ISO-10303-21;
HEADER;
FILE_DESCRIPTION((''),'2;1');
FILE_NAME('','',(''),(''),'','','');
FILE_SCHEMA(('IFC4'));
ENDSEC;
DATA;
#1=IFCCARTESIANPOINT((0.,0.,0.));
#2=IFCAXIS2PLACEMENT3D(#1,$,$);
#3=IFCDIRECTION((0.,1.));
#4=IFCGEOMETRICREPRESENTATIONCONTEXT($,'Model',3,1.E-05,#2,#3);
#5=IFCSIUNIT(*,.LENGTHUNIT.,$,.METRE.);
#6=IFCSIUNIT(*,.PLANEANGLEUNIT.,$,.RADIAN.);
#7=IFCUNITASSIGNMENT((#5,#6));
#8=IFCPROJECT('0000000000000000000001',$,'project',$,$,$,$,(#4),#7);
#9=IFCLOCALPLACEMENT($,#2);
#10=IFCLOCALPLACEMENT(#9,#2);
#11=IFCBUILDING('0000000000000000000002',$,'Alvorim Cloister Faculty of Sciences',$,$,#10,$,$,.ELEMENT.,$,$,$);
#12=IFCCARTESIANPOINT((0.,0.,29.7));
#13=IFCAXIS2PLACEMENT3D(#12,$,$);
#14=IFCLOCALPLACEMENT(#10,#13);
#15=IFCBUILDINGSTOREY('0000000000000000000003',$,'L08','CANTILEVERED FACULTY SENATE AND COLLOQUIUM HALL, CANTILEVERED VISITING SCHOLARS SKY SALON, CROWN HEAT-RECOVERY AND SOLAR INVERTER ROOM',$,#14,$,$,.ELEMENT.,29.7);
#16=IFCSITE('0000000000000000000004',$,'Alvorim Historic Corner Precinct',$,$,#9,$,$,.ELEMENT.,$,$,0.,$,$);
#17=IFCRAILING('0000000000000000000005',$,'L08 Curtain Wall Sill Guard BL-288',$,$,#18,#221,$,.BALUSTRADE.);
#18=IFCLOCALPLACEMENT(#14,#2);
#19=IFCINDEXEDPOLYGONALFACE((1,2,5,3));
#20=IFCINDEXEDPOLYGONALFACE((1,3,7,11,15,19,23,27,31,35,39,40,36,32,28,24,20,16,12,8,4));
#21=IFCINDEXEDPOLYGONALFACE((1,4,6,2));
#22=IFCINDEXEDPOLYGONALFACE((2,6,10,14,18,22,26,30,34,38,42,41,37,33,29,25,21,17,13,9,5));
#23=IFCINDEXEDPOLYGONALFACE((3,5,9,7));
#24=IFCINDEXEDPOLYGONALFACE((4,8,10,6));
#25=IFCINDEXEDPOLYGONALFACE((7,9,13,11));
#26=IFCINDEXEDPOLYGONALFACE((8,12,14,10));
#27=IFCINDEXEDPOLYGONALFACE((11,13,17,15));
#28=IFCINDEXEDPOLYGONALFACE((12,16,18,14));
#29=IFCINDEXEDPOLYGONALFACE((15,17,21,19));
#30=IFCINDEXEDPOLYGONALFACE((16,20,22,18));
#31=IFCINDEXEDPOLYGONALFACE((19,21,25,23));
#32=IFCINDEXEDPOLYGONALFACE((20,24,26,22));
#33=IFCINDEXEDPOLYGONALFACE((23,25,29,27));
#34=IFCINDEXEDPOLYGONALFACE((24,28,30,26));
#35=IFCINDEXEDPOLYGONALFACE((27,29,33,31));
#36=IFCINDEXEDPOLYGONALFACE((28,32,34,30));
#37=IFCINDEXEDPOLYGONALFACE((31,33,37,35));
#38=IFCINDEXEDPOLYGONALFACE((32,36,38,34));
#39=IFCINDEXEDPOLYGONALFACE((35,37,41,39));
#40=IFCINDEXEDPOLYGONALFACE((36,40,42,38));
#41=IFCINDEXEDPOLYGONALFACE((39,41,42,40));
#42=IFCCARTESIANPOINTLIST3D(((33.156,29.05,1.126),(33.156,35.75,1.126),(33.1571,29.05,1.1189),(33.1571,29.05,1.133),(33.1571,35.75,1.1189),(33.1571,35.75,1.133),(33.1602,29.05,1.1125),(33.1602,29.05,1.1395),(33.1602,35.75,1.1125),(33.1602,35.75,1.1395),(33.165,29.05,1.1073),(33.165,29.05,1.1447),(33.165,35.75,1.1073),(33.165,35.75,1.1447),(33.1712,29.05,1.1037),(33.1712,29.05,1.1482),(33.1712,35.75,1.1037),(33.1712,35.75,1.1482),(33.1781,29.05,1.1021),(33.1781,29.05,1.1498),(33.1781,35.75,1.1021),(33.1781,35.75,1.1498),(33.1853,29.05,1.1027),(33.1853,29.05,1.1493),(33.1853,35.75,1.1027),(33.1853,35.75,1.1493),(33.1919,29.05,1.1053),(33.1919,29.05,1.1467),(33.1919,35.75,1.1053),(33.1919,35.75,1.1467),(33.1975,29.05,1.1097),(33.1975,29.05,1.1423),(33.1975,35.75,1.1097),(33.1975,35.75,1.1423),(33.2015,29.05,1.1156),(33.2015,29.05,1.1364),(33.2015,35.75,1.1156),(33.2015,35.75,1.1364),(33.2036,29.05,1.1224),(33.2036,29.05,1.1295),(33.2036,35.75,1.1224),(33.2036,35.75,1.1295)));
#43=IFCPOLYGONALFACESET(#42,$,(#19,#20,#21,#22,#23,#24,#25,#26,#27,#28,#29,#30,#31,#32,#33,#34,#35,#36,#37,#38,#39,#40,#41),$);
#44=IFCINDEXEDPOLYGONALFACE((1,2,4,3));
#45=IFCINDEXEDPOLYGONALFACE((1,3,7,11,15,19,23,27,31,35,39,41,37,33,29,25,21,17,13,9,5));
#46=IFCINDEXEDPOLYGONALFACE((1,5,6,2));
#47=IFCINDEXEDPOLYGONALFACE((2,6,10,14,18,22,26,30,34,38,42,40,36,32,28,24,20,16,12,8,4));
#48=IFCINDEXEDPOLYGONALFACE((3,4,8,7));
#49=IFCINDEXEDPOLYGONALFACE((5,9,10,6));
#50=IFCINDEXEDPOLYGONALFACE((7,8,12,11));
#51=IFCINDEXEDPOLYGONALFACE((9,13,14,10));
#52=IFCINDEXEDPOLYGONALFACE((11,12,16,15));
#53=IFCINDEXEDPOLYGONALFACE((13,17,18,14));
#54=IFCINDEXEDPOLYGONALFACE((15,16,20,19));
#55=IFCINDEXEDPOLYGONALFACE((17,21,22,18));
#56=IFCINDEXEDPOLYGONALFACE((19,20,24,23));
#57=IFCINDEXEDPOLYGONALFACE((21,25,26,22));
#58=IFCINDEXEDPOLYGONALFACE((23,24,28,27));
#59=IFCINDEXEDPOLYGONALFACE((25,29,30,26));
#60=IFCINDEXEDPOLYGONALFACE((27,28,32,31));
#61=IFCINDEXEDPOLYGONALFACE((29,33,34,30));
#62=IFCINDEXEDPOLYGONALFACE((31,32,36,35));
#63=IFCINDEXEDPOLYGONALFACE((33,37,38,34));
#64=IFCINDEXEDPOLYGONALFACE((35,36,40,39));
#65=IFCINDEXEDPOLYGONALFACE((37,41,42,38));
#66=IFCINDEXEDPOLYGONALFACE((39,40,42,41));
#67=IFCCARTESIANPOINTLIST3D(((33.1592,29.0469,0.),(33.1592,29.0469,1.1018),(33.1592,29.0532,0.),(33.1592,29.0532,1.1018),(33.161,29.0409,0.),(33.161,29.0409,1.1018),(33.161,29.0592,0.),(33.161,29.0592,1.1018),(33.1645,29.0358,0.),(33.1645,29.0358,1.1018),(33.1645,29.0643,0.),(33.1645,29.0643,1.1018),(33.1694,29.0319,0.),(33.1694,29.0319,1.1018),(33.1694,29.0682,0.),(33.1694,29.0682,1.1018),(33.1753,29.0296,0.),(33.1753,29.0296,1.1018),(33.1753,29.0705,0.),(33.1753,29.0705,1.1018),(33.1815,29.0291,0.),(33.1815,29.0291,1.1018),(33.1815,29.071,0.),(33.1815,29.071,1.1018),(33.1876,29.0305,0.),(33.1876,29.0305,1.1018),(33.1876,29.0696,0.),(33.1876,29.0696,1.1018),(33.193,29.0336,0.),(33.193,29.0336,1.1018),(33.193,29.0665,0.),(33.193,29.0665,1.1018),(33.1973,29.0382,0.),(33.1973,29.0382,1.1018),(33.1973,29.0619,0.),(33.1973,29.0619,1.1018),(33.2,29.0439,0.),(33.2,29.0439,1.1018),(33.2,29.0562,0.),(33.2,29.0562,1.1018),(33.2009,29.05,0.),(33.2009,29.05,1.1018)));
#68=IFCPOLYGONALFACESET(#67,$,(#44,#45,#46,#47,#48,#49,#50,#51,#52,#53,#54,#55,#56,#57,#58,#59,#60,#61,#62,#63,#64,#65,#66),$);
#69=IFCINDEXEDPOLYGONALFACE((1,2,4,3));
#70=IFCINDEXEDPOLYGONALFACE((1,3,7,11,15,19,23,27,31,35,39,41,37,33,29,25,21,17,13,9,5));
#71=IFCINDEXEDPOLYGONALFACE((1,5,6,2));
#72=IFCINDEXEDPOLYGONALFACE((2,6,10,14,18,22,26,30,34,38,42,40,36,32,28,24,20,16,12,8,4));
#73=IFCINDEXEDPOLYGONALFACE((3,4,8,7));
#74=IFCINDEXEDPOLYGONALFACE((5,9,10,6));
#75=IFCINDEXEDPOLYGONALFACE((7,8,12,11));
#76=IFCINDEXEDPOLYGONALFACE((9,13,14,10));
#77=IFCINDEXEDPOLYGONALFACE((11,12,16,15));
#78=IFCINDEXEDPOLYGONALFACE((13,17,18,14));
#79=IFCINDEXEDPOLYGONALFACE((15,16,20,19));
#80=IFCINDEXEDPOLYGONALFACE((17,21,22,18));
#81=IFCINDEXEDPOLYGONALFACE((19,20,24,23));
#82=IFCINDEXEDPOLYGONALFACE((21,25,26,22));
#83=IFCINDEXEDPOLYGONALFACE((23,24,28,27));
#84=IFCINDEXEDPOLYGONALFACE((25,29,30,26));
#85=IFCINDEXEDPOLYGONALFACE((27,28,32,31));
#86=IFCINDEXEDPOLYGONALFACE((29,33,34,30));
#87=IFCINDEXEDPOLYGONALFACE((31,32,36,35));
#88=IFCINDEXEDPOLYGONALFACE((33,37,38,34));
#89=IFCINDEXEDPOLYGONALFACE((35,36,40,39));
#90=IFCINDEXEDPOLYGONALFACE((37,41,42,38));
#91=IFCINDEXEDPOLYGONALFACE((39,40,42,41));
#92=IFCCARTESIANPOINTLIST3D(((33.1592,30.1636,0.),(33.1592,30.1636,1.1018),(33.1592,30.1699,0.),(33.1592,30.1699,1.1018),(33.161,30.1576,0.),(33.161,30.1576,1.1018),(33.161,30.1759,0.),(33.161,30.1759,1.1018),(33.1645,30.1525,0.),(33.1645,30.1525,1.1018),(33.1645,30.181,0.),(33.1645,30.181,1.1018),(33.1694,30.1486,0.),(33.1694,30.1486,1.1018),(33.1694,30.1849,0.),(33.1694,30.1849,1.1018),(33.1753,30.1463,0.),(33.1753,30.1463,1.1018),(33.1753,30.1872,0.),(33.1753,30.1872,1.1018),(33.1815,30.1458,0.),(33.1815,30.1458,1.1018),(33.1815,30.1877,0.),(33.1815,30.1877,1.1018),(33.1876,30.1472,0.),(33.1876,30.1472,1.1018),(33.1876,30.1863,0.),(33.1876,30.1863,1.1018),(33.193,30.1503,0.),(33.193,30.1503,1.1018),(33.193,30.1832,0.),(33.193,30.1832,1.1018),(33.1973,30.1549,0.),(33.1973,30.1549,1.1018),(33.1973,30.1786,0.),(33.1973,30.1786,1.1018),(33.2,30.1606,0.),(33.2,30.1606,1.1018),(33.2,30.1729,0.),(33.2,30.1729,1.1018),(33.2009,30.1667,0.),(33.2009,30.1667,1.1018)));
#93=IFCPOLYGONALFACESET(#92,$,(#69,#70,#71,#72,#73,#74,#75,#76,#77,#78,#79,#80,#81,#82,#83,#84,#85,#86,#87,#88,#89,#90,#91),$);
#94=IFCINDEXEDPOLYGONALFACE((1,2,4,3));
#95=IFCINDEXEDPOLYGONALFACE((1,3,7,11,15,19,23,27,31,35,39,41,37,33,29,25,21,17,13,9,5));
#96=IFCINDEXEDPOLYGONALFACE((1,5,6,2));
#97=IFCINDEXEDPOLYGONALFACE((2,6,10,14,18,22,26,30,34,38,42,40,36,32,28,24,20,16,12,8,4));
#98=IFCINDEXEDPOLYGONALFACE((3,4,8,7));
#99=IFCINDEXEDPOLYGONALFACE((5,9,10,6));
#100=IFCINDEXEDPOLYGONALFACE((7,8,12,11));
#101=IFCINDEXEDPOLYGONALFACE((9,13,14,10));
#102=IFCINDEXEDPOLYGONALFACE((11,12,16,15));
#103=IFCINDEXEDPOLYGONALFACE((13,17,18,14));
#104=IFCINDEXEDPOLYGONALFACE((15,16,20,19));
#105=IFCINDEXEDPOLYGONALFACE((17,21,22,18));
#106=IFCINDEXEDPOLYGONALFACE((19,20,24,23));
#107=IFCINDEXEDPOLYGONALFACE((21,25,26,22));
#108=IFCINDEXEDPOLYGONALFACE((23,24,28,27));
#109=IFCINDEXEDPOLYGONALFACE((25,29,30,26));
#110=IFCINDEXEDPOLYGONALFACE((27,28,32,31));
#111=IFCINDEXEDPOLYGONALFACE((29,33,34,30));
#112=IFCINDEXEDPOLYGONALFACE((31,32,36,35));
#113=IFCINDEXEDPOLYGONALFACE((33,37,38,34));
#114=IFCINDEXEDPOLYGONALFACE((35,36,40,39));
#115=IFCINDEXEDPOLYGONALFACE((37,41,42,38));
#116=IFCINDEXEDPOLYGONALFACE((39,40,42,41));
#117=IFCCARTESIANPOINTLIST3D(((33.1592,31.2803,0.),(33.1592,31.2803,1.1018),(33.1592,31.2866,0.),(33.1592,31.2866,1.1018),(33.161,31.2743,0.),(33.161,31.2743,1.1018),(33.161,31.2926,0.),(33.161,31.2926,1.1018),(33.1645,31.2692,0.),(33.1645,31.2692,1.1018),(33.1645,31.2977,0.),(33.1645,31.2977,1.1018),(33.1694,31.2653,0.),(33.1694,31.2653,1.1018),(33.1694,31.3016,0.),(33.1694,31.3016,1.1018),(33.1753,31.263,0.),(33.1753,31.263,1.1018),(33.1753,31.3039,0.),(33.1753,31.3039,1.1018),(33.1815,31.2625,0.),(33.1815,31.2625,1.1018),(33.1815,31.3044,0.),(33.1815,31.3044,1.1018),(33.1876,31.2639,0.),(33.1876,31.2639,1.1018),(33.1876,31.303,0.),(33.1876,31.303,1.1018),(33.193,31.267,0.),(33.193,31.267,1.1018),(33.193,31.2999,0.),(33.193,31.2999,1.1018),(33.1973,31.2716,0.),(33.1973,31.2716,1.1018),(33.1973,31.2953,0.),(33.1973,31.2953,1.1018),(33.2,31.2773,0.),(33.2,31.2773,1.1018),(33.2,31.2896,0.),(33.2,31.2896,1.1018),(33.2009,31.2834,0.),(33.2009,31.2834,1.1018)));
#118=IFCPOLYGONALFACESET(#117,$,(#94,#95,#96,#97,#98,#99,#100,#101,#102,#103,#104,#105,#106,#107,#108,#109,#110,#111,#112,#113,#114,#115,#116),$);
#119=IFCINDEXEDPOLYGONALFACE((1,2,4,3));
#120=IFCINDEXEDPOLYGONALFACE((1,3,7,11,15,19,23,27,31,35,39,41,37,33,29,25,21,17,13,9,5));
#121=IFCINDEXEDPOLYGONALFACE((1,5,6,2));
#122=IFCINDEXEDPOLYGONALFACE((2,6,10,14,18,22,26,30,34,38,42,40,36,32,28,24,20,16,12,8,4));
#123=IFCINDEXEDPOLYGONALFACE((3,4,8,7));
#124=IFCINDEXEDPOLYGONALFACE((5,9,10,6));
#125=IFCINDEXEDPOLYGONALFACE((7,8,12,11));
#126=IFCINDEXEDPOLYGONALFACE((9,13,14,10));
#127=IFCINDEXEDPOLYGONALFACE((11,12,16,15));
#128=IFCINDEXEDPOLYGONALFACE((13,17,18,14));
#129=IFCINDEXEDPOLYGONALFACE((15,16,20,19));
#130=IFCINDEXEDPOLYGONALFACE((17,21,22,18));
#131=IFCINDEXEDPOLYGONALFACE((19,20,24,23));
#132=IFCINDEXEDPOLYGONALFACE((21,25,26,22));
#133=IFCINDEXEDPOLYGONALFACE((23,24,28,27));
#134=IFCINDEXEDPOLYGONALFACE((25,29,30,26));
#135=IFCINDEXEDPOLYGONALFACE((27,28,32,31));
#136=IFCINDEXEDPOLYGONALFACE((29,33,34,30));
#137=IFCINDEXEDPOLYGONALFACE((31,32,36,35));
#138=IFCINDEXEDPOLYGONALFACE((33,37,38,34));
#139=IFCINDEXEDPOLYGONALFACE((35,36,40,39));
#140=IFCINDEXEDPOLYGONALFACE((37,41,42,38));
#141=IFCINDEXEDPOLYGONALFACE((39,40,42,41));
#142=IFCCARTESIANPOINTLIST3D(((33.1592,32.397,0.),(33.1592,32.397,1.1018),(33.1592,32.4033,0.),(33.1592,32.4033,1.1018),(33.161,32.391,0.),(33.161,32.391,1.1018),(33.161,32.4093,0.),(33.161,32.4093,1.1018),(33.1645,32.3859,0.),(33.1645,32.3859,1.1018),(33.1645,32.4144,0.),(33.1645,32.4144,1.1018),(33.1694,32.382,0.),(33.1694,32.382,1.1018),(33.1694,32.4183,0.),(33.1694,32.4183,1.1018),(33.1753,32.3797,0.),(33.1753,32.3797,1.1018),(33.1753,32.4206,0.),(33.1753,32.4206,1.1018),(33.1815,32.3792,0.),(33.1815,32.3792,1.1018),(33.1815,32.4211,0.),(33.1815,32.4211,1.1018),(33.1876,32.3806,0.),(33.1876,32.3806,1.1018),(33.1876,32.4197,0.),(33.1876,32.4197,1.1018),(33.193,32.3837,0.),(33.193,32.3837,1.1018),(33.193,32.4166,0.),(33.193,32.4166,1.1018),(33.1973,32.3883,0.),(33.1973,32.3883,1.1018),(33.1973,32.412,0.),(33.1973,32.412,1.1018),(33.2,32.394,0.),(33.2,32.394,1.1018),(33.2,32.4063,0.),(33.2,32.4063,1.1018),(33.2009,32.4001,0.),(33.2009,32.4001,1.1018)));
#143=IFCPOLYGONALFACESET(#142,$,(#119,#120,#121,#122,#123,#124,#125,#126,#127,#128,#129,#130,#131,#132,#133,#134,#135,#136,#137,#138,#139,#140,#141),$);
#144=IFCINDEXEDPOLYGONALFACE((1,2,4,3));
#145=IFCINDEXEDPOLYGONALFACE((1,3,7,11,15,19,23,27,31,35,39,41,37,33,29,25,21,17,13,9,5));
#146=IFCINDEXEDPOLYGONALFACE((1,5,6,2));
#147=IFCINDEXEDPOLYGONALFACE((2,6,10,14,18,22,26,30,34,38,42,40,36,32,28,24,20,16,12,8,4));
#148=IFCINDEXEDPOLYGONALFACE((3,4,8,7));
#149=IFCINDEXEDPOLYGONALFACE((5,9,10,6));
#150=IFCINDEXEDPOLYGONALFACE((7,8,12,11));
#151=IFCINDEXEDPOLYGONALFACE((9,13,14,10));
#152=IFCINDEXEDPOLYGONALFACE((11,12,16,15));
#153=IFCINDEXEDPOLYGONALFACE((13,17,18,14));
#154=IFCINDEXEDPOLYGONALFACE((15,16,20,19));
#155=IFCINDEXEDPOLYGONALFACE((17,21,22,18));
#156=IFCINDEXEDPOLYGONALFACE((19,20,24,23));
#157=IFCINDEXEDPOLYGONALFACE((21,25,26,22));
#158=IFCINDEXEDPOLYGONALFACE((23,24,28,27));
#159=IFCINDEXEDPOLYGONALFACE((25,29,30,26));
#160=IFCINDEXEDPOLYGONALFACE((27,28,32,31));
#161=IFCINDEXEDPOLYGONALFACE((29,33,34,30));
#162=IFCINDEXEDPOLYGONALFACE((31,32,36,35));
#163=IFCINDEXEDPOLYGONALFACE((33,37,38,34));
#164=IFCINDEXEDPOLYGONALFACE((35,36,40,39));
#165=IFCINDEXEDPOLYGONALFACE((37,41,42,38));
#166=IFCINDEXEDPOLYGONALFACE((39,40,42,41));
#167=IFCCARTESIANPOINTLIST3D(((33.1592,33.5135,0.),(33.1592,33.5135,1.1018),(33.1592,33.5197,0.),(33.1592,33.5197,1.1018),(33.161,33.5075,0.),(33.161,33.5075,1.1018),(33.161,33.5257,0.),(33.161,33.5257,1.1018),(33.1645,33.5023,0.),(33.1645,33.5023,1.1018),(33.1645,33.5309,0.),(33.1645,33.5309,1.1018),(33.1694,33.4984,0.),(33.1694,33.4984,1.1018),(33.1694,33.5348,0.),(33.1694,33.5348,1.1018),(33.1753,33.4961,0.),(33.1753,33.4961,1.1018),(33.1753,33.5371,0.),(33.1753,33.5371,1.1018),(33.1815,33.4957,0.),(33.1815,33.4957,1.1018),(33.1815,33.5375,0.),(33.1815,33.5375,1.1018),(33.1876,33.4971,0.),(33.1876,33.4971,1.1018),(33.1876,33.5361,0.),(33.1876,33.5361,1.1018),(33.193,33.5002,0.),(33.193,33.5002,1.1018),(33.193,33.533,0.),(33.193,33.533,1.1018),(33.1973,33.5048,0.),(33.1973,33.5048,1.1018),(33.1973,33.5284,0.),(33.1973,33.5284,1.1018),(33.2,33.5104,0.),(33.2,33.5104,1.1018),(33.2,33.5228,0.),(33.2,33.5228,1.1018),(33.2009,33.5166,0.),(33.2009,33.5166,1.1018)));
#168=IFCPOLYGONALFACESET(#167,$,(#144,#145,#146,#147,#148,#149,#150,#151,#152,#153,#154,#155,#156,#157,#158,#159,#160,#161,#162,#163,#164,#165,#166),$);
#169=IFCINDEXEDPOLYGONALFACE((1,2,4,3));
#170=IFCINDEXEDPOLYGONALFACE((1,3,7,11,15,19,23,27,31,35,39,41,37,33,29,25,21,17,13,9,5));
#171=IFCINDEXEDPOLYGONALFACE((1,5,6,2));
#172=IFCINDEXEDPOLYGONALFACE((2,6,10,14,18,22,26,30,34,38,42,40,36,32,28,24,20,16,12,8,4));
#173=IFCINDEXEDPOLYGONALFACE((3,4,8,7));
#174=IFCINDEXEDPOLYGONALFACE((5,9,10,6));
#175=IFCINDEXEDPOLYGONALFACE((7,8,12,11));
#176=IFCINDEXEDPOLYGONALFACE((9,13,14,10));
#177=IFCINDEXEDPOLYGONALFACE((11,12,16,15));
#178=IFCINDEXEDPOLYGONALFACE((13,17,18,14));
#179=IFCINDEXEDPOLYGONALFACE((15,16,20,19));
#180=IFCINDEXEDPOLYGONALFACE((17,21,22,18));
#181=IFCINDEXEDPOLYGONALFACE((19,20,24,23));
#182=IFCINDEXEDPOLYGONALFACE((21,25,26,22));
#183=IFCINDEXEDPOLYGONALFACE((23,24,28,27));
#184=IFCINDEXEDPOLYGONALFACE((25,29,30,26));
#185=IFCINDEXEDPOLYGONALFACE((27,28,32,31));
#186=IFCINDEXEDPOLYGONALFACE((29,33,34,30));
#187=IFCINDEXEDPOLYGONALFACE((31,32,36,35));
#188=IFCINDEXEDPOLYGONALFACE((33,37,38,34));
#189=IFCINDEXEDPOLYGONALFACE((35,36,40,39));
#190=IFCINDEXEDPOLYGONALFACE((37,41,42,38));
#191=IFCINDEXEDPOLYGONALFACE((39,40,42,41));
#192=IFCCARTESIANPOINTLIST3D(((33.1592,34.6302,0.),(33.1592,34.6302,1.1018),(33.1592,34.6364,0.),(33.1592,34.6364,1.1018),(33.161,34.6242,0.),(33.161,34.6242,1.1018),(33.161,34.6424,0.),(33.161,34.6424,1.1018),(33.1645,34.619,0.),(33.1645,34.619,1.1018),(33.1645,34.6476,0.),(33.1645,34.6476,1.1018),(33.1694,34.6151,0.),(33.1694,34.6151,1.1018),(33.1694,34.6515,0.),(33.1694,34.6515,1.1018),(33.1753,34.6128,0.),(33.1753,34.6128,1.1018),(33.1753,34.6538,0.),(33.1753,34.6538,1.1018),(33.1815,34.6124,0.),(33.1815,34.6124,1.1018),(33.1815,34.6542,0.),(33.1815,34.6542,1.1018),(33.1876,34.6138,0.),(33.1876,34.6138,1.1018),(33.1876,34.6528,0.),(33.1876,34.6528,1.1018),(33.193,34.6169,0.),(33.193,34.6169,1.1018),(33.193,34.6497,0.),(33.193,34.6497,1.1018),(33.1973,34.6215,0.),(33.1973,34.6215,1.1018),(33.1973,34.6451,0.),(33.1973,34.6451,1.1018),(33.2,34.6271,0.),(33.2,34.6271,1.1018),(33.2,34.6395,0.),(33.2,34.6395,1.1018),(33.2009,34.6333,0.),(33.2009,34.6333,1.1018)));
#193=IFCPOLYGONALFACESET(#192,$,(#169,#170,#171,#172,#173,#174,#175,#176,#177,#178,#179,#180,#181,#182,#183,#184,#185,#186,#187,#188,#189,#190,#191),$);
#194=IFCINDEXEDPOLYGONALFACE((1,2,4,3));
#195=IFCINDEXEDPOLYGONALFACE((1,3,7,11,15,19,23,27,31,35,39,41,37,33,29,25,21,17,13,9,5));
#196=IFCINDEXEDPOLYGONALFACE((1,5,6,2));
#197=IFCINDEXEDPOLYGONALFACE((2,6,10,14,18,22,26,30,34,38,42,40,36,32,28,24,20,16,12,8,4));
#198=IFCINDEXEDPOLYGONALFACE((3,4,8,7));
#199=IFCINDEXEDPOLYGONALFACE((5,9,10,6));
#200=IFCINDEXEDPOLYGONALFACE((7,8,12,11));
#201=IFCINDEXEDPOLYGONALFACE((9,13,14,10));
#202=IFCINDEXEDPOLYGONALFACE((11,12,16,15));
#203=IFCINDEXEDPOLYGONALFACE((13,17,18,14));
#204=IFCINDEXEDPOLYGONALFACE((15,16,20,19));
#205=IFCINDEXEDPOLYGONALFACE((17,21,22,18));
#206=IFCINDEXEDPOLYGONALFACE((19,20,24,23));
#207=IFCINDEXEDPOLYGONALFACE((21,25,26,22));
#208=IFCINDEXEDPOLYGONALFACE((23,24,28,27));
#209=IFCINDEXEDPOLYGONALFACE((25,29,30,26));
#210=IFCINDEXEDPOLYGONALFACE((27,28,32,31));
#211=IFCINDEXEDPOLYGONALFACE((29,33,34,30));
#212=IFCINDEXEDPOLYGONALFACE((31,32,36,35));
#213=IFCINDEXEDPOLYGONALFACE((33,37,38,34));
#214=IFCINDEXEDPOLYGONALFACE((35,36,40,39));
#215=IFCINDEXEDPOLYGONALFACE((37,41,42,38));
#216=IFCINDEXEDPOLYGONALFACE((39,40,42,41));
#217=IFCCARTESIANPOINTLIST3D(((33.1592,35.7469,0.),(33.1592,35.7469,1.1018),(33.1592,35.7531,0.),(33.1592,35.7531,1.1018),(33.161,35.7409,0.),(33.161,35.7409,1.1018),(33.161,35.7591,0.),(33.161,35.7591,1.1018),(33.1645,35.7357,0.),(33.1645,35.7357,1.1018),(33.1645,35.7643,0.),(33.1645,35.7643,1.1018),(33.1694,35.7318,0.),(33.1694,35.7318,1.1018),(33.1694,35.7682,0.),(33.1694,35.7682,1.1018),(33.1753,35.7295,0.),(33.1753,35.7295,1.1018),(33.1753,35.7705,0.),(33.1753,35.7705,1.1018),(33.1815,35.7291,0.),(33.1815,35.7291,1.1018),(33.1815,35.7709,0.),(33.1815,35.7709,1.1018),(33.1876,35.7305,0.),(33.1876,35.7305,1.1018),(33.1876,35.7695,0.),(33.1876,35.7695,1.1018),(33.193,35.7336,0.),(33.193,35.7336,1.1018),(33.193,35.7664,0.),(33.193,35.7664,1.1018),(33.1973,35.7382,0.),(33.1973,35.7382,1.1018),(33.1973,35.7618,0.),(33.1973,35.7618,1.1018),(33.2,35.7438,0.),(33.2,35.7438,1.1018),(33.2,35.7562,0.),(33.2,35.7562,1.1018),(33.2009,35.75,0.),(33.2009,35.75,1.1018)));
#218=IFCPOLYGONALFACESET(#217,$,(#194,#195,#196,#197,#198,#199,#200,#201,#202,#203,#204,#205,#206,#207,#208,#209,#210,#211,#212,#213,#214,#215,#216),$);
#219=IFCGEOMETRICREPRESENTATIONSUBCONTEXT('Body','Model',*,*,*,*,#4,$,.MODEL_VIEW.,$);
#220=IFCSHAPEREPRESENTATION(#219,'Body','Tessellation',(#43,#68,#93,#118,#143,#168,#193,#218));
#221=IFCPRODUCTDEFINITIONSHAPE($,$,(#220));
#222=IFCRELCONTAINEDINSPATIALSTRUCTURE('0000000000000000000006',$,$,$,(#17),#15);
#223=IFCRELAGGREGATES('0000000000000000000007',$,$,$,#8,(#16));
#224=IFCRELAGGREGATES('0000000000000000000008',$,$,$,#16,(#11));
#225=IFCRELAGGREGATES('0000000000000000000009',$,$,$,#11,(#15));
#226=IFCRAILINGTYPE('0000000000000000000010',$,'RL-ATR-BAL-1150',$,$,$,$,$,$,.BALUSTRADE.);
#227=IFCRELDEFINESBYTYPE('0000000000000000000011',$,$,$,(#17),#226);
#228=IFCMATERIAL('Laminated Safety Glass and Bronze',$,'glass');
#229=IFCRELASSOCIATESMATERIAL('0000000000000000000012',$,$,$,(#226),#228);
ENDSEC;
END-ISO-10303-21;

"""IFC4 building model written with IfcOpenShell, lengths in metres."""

from ifc_helpers import new_model, si_unit, direction, frame, origin, origin_2d, place, context, subcontext, project, spatial, circle, extrude, material, type_object, element, save


model = new_model("IFC4")

# Units and contexts
model_context = context("Model", 3, precision=1e-05, world=origin(), true_north=direction((0.0, 1.0)))
body_context = subcontext(model_context, "Body", "Model", "MODEL_VIEW")
ifc_project = project(units=[si_unit("LENGTHUNIT", "METRE"), si_unit("PLANEANGLEUNIT", "RADIAN")], contexts=[model_context])

# Site, building, storey
site_placement = place(None, origin())
site = spatial("IfcSite", under=ifc_project, at=site_placement, Name="Alvorim Historic Corner Precinct", CompositionType="ELEMENT", RefElevation=0.0)
building_placement = place(site_placement, origin())
building = spatial("IfcBuilding", under=site, at=building_placement, Name="Alvorim Cloister Faculty of Sciences", CompositionType="ELEMENT")
storey_placement = place(building_placement, frame((0.0, 0.0, 29.7)))
storey = spatial("IfcBuildingStorey", under=building, at=storey_placement, Name="L08", Description="CANTILEVERED FACULTY SENATE AND COLLOQUIUM HALL, CANTILEVERED VISITING SCHOLARS SKY SALON, CROWN HEAT-RECOVERY AND SOLAR INVERTER ROOM", CompositionType="ELEMENT", Elevation=29.7)

# Railing
ifc_material_1 = material(Name="Laminated Safety Glass and Bronze", Category="glass")
railing_type = type_object("IfcRailingType", Name="RL-ATR-BAL-1150", PredefinedType="BALUSTRADE", material=ifc_material_1)
railing_1_placement = place(storey_placement, frame((33.1799, 29.05, 0.0)))
element("IfcRailing", 1, at=railing_1_placement, inside=storey, type_object=railing_type, Name="L08 Curtain Wall Sill Guard BL-288", PredefinedType="BALUSTRADE", context=body_context, shape_type="SweptSolid", body=[
    extrude(circle(Radius=0.0239, at=origin_2d()), frame((0.0, 0.0, 1.126), z_axis=(0.0, 1.0, 0.0), x_axis=(-1.0, 0.0, 0.0)), (0.0, 0.0, 1.0), 6.7),
    extrude(circle(Radius=0.021, at=origin_2d()), origin(), (0.0, 0.0, 1.0), 1.1018),
    extrude(circle(Radius=0.021, at=origin_2d()), frame((0.0, 1.1167, 0.0)), (0.0, 0.0, 1.0), 1.1018),
    extrude(circle(Radius=0.021, at=origin_2d()), frame((0.0, 2.2334, 0.0)), (0.0, 0.0, 1.0), 1.1018),
    extrude(circle(Radius=0.021, at=origin_2d()), frame((0.0, 3.3501, 0.0)), (0.0, 0.0, 1.0), 1.1018),
    extrude(circle(Radius=0.021, at=origin_2d()), frame((0.0, 4.4666, 0.0)), (0.0, 0.0, 1.0), 1.1018),
    extrude(circle(Radius=0.021, at=origin_2d()), frame((0.0, 5.5833, 0.0)), (0.0, 0.0, 1.0), 1.1018),
    extrude(circle(Radius=0.021, at=origin_2d()), frame((0.0, 6.7, 0.0)), (0.0, 0.0, 1.0), 1.1018),
])

save(model, "model.ifc")
